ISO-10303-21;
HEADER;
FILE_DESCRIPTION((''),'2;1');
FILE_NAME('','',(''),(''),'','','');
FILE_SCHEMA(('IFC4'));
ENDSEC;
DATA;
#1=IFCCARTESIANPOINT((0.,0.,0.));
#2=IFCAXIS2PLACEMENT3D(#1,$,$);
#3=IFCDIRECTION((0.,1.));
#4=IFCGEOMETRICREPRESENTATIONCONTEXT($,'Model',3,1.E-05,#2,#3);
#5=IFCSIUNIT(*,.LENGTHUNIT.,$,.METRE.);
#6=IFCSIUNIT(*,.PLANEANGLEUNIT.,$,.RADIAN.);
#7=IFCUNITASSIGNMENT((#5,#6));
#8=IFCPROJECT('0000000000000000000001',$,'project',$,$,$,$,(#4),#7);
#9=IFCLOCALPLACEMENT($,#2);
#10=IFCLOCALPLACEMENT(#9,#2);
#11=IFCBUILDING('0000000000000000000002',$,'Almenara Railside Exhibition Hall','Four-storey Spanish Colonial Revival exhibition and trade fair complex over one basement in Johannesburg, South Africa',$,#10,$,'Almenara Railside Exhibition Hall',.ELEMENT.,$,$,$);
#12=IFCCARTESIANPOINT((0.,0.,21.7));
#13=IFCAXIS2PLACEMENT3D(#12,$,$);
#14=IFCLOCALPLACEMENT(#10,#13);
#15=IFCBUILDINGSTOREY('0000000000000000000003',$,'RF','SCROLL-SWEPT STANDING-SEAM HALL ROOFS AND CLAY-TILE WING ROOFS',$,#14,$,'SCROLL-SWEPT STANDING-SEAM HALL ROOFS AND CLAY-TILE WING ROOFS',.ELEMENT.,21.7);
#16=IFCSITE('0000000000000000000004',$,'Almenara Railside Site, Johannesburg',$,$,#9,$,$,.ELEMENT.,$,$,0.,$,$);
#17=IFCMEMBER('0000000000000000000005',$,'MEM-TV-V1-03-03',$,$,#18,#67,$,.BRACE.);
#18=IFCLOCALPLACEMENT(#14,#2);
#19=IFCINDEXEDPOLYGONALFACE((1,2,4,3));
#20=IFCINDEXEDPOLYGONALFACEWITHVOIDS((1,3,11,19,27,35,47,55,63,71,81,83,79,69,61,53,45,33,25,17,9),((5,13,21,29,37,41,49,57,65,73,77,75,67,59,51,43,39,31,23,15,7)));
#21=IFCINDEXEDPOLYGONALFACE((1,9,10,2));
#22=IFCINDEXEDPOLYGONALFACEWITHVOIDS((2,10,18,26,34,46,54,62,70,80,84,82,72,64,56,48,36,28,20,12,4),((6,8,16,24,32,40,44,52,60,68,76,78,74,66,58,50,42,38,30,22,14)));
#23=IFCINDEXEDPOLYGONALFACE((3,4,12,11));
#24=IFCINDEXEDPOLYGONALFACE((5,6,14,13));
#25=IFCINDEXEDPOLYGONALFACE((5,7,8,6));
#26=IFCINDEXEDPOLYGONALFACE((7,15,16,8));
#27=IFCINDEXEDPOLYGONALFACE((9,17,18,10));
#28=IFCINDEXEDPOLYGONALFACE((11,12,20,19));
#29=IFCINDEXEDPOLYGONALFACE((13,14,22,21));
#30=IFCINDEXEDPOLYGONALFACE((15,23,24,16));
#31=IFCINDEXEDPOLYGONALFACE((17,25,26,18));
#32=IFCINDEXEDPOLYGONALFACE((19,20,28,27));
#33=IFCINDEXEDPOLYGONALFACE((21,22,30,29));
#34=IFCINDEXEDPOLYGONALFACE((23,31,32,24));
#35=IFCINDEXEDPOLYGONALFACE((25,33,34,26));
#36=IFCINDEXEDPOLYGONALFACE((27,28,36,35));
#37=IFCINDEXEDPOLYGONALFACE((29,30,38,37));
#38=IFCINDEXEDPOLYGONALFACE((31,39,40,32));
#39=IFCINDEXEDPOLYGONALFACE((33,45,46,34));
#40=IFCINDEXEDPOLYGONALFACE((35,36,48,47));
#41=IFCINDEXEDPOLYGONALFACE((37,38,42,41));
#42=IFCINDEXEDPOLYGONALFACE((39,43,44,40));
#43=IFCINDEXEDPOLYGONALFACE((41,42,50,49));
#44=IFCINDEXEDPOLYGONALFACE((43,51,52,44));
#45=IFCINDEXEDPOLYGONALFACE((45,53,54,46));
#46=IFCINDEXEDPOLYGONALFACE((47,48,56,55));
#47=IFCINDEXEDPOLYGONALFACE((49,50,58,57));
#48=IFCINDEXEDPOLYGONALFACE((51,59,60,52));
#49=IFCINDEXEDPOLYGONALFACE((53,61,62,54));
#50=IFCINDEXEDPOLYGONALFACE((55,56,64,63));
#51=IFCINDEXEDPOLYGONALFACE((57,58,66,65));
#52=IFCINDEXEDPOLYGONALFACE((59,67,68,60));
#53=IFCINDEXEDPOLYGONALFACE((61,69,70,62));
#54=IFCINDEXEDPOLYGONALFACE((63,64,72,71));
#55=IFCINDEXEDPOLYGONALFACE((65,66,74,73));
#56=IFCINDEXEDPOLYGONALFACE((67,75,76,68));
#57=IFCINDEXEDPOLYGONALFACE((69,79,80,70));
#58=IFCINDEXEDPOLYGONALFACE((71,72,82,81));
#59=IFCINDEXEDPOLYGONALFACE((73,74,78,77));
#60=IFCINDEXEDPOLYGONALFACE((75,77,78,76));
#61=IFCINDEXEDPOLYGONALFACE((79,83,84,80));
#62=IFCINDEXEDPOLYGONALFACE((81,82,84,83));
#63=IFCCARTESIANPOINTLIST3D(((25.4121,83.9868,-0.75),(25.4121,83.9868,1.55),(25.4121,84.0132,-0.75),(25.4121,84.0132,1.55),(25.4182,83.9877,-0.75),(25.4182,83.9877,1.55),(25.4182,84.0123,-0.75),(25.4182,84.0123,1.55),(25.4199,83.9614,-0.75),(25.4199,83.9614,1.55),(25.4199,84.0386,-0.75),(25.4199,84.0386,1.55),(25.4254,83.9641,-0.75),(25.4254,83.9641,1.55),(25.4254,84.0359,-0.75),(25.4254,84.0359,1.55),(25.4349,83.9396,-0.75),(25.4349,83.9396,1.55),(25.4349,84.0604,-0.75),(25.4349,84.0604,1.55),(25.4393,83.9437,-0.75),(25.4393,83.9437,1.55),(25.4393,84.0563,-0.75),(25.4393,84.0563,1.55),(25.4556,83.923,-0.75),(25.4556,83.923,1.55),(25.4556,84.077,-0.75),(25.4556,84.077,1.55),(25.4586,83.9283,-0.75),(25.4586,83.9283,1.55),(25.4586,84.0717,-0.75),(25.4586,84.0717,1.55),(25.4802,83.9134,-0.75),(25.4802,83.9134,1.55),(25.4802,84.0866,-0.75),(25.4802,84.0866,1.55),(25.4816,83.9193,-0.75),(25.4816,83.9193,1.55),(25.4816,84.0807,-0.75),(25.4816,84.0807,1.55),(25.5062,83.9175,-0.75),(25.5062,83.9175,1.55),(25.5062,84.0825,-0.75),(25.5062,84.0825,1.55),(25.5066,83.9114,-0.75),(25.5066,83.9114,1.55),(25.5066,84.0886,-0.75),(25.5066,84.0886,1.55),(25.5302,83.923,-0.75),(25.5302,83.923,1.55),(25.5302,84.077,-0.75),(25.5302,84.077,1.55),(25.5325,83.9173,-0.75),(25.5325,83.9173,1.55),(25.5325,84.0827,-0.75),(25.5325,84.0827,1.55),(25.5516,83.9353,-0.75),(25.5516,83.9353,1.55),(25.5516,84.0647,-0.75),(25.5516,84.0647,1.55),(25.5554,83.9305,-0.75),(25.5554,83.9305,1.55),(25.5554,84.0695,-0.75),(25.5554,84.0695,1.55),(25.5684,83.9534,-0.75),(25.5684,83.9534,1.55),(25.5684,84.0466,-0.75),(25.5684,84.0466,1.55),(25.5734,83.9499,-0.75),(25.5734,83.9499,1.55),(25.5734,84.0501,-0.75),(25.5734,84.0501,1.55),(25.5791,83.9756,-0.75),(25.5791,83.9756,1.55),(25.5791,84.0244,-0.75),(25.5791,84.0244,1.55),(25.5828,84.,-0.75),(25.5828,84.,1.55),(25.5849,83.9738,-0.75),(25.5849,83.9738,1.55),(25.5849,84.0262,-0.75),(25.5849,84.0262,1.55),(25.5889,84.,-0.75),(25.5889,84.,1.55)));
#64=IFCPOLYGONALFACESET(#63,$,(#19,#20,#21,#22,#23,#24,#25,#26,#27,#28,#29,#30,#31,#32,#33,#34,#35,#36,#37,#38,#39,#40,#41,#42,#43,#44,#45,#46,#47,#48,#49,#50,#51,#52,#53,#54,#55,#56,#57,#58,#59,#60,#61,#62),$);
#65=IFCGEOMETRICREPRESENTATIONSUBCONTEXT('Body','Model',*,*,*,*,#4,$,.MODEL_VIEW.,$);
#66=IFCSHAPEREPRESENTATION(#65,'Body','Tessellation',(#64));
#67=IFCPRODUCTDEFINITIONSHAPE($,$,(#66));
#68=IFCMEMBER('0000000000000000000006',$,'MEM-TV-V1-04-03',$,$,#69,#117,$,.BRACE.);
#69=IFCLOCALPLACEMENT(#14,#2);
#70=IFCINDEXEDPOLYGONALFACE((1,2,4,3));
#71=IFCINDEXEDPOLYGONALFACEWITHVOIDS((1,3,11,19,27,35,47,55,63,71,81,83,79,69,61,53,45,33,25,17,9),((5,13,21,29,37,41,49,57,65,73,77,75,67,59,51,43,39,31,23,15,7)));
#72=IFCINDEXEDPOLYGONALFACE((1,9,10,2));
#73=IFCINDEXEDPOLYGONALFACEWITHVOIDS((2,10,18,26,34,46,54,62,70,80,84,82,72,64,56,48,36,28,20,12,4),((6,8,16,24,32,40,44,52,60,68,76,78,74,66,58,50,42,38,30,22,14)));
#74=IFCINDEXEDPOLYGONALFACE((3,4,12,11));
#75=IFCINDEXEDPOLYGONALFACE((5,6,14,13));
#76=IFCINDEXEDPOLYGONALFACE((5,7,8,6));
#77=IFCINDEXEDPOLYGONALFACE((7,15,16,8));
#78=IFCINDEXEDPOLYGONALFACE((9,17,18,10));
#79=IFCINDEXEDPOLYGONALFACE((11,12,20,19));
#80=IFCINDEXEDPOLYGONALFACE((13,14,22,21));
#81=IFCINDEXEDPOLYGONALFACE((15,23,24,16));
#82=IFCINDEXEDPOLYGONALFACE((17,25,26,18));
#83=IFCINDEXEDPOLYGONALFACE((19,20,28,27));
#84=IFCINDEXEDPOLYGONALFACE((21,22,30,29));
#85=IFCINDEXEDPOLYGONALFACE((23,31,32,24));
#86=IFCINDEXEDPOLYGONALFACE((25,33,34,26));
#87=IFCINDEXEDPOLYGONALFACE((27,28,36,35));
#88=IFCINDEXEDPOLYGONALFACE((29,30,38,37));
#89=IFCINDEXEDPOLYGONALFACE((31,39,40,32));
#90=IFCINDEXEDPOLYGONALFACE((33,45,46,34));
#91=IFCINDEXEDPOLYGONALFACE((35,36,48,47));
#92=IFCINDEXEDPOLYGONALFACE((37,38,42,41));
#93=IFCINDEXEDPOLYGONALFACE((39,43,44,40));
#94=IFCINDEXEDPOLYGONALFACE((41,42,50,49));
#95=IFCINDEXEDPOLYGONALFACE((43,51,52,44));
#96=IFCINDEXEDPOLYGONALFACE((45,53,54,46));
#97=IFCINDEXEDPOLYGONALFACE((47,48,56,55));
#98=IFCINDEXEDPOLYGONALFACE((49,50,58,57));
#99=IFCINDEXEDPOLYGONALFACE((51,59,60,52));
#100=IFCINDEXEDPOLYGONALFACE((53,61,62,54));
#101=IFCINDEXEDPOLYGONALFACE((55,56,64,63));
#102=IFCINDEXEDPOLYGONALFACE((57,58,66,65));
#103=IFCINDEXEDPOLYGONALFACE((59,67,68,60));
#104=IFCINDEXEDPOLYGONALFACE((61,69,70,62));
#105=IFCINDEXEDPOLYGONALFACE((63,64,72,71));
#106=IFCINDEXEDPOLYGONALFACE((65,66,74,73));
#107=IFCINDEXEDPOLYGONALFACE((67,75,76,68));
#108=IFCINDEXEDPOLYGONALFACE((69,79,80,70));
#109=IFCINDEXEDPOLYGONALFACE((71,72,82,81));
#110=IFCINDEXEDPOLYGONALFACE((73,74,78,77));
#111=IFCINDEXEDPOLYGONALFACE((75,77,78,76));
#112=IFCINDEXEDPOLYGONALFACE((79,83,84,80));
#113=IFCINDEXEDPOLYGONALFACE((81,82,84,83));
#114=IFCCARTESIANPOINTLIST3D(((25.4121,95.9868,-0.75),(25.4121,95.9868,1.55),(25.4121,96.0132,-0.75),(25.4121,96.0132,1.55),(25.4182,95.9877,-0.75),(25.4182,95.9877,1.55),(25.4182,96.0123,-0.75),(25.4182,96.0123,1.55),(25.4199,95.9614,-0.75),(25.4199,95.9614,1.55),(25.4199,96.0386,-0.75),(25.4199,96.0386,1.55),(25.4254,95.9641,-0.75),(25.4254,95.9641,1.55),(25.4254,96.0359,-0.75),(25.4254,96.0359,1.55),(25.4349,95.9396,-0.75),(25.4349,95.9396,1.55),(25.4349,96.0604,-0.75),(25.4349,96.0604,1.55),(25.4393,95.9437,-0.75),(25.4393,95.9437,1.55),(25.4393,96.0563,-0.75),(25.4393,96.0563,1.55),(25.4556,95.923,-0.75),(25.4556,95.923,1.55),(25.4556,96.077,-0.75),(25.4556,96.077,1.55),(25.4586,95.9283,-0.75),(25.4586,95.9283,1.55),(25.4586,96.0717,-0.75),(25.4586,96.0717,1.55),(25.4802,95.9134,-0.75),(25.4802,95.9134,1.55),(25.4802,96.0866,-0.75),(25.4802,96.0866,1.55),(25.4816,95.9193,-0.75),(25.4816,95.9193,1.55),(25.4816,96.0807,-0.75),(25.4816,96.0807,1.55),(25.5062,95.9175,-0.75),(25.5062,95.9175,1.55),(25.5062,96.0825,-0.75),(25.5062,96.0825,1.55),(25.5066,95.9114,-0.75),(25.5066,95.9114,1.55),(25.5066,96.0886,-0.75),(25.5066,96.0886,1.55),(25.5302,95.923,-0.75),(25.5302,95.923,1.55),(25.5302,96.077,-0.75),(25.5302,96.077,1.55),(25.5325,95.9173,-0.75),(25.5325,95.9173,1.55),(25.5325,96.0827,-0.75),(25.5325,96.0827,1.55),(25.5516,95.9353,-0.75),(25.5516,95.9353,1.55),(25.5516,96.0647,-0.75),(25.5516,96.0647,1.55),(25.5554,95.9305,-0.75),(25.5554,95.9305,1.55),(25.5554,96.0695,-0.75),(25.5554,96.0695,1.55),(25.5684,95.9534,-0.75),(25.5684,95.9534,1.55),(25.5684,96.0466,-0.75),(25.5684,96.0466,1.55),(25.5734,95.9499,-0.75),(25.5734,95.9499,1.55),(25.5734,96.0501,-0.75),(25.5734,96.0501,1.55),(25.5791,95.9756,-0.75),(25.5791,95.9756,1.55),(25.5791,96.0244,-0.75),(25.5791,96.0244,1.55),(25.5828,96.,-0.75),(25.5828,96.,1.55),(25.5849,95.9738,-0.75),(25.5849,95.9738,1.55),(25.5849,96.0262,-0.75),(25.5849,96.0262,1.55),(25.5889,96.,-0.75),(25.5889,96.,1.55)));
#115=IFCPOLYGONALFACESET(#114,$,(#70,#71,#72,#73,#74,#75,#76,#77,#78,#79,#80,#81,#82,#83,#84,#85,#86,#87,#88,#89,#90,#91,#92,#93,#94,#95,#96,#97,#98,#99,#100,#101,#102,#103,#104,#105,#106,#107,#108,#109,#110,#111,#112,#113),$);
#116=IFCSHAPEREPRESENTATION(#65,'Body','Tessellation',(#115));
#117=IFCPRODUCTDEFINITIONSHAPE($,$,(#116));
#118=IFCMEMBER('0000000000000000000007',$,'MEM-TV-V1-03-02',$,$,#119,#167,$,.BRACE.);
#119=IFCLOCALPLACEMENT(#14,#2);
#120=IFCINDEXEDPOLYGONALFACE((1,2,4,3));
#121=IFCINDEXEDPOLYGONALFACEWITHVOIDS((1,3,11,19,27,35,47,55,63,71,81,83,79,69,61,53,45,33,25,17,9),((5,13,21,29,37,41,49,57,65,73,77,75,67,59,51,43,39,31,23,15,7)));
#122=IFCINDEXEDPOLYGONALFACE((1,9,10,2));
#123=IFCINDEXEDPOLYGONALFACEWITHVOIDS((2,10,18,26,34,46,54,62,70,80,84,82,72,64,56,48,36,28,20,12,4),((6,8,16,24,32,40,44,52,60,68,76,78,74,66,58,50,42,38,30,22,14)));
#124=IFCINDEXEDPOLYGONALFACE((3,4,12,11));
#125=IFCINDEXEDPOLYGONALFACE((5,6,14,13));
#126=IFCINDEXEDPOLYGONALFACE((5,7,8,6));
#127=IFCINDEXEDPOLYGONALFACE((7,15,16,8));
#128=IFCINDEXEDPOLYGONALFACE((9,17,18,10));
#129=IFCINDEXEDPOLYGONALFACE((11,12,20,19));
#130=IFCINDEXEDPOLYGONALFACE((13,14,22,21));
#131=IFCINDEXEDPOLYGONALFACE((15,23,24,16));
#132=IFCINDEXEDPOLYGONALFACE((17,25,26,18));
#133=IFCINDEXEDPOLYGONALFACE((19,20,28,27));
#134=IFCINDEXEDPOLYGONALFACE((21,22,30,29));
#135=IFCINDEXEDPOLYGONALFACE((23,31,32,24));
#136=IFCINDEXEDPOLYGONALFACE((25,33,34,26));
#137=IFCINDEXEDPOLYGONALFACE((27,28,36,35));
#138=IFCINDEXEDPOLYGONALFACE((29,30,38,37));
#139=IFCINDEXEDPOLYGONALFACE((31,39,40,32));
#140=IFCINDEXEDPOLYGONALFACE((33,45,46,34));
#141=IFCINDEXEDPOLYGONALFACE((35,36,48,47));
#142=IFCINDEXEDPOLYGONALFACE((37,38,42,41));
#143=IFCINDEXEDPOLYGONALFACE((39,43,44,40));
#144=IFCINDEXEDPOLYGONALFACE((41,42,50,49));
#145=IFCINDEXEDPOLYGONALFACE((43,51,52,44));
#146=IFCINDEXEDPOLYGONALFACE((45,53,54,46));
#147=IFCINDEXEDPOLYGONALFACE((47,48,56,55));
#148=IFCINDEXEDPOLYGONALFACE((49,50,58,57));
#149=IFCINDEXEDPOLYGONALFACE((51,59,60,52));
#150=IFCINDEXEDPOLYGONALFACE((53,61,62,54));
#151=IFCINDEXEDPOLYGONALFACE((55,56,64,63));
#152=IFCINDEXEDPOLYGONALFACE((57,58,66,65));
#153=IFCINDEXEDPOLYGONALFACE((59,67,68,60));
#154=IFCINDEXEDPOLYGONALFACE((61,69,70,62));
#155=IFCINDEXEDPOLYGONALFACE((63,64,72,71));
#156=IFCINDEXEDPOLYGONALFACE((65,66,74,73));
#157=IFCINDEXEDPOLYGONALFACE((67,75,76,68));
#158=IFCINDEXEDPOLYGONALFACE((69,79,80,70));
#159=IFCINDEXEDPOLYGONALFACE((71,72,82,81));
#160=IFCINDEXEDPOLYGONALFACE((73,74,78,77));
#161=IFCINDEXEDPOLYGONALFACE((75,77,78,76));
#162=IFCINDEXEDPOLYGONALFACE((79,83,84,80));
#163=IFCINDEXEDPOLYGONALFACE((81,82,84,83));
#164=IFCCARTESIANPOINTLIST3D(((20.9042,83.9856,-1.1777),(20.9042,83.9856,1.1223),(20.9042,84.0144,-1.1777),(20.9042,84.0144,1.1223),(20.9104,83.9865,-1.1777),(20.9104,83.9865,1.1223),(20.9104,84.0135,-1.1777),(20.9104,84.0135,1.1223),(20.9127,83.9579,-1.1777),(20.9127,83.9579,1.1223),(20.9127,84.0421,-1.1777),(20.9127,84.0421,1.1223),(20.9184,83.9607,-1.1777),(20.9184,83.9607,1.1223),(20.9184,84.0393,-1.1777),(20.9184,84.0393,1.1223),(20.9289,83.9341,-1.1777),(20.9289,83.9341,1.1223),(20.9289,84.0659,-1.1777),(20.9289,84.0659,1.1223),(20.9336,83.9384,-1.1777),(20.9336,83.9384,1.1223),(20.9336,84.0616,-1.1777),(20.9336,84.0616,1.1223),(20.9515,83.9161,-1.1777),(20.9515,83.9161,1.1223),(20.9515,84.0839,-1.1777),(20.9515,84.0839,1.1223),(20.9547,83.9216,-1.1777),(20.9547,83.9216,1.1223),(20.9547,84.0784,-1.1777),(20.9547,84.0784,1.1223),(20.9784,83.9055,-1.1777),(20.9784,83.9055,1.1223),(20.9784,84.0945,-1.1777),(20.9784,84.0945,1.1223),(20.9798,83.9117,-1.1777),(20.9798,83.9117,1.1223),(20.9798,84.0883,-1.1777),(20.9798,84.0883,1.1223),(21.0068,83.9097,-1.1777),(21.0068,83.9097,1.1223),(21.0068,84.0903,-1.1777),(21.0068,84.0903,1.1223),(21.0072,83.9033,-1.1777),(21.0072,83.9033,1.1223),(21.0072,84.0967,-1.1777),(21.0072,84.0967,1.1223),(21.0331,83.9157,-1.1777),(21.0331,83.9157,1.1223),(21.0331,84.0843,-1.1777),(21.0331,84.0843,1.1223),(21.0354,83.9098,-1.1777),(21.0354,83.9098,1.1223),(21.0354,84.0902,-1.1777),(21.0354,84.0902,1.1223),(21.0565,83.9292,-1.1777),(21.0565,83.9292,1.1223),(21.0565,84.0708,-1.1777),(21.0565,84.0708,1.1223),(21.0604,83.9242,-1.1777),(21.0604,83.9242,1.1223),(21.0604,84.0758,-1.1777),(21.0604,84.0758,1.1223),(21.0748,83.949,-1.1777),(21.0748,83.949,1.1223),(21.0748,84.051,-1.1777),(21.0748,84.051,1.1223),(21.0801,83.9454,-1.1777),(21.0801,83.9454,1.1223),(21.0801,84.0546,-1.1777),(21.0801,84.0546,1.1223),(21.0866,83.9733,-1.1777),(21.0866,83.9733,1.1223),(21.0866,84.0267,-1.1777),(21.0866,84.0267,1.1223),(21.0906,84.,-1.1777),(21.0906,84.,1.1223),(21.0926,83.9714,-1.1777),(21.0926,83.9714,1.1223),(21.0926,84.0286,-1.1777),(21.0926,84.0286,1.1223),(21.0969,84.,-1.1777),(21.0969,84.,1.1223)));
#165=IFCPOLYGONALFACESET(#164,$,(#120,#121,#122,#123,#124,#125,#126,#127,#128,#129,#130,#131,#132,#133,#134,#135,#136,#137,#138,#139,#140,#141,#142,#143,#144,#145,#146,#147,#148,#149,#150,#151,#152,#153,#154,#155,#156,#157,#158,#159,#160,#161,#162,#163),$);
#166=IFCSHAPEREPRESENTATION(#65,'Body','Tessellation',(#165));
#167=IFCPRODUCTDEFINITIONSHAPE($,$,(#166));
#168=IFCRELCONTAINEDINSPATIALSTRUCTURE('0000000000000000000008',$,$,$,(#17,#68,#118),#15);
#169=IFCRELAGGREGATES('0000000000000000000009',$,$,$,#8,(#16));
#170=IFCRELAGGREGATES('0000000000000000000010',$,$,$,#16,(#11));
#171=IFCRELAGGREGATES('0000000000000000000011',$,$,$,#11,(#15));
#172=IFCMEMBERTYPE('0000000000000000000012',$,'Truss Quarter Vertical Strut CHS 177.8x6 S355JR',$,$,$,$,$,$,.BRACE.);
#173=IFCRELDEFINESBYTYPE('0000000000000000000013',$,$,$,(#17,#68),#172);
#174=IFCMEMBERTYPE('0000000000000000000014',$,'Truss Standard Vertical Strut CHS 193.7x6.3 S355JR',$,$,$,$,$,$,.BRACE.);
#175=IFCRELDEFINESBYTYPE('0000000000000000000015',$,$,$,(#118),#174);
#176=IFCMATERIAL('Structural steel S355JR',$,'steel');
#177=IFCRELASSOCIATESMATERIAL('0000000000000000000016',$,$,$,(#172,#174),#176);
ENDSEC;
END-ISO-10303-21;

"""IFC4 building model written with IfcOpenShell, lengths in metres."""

from ifc_helpers import new_model, si_unit, direction, frame, origin, origin_2d, place, context, subcontext, project, spatial, hollow_circle, extrude, material, material_profile, profile_set, type_object, element, save


model = new_model("IFC4")

# Units and contexts
model_context = context("Model", 3, precision=1e-05, world=origin(), true_north=direction((0.0, 1.0)))
body_context = subcontext(model_context, "Body", "Model", "MODEL_VIEW")
ifc_project = project(units=[si_unit("LENGTHUNIT", "METRE"), si_unit("PLANEANGLEUNIT", "RADIAN")], contexts=[model_context])

# Site, building, storey
site_placement = place(None, origin())
site = spatial("IfcSite", under=ifc_project, at=site_placement, Name="Almenara Railside Site, Johannesburg", CompositionType="ELEMENT", RefElevation=0.0)
building_placement = place(site_placement, origin())
building = spatial("IfcBuilding", under=site, at=building_placement, Name="Almenara Railside Exhibition Hall", Description="Four-storey Spanish Colonial Revival exhibition and trade fair complex over one basement in Johannesburg, South Africa", LongName="Almenara Railside Exhibition Hall", CompositionType="ELEMENT")
storey_placement = place(building_placement, frame((0.0, 0.0, 21.7)))
storey = spatial("IfcBuildingStorey", under=building, at=storey_placement, Name="RF", Description="SCROLL-SWEPT STANDING-SEAM HALL ROOFS AND CLAY-TILE WING ROOFS", LongName="SCROLL-SWEPT STANDING-SEAM HALL ROOFS AND CLAY-TILE WING ROOFS", CompositionType="ELEMENT", Elevation=21.7)

# Members
ifc_material_1 = material(Name="Structural steel S355JR", Category="steel")
ifc_material_profile_1 = material_profile(ifc_material_1, hollow_circle(Radius=0.0889, WallThickness=0.0061, at=origin_2d()), Name="CHS 177.8x6")
ifc_profile_set_1 = profile_set([ifc_material_profile_1], Name="Structural steel S355JR")
member_type_1 = type_object("IfcMemberType", Name="Truss Quarter Vertical Strut CHS 177.8x6 S355JR", PredefinedType="BRACE", material=ifc_profile_set_1)
for number, where, z_axis, x_axis, name in (
    (1, (25.5, 84.0, -0.75), (0.0, 0.0, 1.0), (1.0, 0.0, 0.0), "MEM-TV-V1-03-03"),
    (2, (25.5, 96.0, -0.75), (0.0, 0.0, 1.0), (1.0, 0.0, 0.0), "MEM-TV-V1-04-03"),
):
    element("IfcMember", number, at=place(storey_placement, frame(where, z_axis=z_axis, x_axis=x_axis)), inside=storey, type_object=member_type_1, Name=name, PredefinedType="BRACE", context=body_context, shape_type="SweptSolid", body=[
        extrude(hollow_circle(Radius=0.0889, WallThickness=0.0061, at=origin_2d()), origin(), (0.0, 0.0, 1.0), 2.3),
    ])
ifc_material_profile_2 = material_profile(ifc_material_1, hollow_circle(Radius=0.0969, WallThickness=0.0063, at=origin_2d()), Name="CHS 193.7x6.3")
ifc_profile_set_2 = profile_set([ifc_material_profile_2], Name="Structural steel S355JR")
member_type_2 = type_object("IfcMemberType", Name="Truss Standard Vertical Strut CHS 193.7x6.3 S355JR", PredefinedType="BRACE", material=ifc_profile_set_2)
for number, where, z_axis, x_axis, name in (
    (3, (21.0, 84.0, -1.1777), (0.0, 0.0, 1.0), (1.0, 0.0, 0.0), "MEM-TV-V1-03-02"),
):
    element("IfcMember", number, at=place(storey_placement, frame(where, z_axis=z_axis, x_axis=x_axis)), inside=storey, type_object=member_type_2, Name=name, PredefinedType="BRACE", context=body_context, shape_type="SweptSolid", body=[
        extrude(hollow_circle(Radius=0.0969, WallThickness=0.0063, at=origin_2d()), origin(), (0.0, 0.0, 1.0), 2.3),
    ])

save(model, "model.ifc")
